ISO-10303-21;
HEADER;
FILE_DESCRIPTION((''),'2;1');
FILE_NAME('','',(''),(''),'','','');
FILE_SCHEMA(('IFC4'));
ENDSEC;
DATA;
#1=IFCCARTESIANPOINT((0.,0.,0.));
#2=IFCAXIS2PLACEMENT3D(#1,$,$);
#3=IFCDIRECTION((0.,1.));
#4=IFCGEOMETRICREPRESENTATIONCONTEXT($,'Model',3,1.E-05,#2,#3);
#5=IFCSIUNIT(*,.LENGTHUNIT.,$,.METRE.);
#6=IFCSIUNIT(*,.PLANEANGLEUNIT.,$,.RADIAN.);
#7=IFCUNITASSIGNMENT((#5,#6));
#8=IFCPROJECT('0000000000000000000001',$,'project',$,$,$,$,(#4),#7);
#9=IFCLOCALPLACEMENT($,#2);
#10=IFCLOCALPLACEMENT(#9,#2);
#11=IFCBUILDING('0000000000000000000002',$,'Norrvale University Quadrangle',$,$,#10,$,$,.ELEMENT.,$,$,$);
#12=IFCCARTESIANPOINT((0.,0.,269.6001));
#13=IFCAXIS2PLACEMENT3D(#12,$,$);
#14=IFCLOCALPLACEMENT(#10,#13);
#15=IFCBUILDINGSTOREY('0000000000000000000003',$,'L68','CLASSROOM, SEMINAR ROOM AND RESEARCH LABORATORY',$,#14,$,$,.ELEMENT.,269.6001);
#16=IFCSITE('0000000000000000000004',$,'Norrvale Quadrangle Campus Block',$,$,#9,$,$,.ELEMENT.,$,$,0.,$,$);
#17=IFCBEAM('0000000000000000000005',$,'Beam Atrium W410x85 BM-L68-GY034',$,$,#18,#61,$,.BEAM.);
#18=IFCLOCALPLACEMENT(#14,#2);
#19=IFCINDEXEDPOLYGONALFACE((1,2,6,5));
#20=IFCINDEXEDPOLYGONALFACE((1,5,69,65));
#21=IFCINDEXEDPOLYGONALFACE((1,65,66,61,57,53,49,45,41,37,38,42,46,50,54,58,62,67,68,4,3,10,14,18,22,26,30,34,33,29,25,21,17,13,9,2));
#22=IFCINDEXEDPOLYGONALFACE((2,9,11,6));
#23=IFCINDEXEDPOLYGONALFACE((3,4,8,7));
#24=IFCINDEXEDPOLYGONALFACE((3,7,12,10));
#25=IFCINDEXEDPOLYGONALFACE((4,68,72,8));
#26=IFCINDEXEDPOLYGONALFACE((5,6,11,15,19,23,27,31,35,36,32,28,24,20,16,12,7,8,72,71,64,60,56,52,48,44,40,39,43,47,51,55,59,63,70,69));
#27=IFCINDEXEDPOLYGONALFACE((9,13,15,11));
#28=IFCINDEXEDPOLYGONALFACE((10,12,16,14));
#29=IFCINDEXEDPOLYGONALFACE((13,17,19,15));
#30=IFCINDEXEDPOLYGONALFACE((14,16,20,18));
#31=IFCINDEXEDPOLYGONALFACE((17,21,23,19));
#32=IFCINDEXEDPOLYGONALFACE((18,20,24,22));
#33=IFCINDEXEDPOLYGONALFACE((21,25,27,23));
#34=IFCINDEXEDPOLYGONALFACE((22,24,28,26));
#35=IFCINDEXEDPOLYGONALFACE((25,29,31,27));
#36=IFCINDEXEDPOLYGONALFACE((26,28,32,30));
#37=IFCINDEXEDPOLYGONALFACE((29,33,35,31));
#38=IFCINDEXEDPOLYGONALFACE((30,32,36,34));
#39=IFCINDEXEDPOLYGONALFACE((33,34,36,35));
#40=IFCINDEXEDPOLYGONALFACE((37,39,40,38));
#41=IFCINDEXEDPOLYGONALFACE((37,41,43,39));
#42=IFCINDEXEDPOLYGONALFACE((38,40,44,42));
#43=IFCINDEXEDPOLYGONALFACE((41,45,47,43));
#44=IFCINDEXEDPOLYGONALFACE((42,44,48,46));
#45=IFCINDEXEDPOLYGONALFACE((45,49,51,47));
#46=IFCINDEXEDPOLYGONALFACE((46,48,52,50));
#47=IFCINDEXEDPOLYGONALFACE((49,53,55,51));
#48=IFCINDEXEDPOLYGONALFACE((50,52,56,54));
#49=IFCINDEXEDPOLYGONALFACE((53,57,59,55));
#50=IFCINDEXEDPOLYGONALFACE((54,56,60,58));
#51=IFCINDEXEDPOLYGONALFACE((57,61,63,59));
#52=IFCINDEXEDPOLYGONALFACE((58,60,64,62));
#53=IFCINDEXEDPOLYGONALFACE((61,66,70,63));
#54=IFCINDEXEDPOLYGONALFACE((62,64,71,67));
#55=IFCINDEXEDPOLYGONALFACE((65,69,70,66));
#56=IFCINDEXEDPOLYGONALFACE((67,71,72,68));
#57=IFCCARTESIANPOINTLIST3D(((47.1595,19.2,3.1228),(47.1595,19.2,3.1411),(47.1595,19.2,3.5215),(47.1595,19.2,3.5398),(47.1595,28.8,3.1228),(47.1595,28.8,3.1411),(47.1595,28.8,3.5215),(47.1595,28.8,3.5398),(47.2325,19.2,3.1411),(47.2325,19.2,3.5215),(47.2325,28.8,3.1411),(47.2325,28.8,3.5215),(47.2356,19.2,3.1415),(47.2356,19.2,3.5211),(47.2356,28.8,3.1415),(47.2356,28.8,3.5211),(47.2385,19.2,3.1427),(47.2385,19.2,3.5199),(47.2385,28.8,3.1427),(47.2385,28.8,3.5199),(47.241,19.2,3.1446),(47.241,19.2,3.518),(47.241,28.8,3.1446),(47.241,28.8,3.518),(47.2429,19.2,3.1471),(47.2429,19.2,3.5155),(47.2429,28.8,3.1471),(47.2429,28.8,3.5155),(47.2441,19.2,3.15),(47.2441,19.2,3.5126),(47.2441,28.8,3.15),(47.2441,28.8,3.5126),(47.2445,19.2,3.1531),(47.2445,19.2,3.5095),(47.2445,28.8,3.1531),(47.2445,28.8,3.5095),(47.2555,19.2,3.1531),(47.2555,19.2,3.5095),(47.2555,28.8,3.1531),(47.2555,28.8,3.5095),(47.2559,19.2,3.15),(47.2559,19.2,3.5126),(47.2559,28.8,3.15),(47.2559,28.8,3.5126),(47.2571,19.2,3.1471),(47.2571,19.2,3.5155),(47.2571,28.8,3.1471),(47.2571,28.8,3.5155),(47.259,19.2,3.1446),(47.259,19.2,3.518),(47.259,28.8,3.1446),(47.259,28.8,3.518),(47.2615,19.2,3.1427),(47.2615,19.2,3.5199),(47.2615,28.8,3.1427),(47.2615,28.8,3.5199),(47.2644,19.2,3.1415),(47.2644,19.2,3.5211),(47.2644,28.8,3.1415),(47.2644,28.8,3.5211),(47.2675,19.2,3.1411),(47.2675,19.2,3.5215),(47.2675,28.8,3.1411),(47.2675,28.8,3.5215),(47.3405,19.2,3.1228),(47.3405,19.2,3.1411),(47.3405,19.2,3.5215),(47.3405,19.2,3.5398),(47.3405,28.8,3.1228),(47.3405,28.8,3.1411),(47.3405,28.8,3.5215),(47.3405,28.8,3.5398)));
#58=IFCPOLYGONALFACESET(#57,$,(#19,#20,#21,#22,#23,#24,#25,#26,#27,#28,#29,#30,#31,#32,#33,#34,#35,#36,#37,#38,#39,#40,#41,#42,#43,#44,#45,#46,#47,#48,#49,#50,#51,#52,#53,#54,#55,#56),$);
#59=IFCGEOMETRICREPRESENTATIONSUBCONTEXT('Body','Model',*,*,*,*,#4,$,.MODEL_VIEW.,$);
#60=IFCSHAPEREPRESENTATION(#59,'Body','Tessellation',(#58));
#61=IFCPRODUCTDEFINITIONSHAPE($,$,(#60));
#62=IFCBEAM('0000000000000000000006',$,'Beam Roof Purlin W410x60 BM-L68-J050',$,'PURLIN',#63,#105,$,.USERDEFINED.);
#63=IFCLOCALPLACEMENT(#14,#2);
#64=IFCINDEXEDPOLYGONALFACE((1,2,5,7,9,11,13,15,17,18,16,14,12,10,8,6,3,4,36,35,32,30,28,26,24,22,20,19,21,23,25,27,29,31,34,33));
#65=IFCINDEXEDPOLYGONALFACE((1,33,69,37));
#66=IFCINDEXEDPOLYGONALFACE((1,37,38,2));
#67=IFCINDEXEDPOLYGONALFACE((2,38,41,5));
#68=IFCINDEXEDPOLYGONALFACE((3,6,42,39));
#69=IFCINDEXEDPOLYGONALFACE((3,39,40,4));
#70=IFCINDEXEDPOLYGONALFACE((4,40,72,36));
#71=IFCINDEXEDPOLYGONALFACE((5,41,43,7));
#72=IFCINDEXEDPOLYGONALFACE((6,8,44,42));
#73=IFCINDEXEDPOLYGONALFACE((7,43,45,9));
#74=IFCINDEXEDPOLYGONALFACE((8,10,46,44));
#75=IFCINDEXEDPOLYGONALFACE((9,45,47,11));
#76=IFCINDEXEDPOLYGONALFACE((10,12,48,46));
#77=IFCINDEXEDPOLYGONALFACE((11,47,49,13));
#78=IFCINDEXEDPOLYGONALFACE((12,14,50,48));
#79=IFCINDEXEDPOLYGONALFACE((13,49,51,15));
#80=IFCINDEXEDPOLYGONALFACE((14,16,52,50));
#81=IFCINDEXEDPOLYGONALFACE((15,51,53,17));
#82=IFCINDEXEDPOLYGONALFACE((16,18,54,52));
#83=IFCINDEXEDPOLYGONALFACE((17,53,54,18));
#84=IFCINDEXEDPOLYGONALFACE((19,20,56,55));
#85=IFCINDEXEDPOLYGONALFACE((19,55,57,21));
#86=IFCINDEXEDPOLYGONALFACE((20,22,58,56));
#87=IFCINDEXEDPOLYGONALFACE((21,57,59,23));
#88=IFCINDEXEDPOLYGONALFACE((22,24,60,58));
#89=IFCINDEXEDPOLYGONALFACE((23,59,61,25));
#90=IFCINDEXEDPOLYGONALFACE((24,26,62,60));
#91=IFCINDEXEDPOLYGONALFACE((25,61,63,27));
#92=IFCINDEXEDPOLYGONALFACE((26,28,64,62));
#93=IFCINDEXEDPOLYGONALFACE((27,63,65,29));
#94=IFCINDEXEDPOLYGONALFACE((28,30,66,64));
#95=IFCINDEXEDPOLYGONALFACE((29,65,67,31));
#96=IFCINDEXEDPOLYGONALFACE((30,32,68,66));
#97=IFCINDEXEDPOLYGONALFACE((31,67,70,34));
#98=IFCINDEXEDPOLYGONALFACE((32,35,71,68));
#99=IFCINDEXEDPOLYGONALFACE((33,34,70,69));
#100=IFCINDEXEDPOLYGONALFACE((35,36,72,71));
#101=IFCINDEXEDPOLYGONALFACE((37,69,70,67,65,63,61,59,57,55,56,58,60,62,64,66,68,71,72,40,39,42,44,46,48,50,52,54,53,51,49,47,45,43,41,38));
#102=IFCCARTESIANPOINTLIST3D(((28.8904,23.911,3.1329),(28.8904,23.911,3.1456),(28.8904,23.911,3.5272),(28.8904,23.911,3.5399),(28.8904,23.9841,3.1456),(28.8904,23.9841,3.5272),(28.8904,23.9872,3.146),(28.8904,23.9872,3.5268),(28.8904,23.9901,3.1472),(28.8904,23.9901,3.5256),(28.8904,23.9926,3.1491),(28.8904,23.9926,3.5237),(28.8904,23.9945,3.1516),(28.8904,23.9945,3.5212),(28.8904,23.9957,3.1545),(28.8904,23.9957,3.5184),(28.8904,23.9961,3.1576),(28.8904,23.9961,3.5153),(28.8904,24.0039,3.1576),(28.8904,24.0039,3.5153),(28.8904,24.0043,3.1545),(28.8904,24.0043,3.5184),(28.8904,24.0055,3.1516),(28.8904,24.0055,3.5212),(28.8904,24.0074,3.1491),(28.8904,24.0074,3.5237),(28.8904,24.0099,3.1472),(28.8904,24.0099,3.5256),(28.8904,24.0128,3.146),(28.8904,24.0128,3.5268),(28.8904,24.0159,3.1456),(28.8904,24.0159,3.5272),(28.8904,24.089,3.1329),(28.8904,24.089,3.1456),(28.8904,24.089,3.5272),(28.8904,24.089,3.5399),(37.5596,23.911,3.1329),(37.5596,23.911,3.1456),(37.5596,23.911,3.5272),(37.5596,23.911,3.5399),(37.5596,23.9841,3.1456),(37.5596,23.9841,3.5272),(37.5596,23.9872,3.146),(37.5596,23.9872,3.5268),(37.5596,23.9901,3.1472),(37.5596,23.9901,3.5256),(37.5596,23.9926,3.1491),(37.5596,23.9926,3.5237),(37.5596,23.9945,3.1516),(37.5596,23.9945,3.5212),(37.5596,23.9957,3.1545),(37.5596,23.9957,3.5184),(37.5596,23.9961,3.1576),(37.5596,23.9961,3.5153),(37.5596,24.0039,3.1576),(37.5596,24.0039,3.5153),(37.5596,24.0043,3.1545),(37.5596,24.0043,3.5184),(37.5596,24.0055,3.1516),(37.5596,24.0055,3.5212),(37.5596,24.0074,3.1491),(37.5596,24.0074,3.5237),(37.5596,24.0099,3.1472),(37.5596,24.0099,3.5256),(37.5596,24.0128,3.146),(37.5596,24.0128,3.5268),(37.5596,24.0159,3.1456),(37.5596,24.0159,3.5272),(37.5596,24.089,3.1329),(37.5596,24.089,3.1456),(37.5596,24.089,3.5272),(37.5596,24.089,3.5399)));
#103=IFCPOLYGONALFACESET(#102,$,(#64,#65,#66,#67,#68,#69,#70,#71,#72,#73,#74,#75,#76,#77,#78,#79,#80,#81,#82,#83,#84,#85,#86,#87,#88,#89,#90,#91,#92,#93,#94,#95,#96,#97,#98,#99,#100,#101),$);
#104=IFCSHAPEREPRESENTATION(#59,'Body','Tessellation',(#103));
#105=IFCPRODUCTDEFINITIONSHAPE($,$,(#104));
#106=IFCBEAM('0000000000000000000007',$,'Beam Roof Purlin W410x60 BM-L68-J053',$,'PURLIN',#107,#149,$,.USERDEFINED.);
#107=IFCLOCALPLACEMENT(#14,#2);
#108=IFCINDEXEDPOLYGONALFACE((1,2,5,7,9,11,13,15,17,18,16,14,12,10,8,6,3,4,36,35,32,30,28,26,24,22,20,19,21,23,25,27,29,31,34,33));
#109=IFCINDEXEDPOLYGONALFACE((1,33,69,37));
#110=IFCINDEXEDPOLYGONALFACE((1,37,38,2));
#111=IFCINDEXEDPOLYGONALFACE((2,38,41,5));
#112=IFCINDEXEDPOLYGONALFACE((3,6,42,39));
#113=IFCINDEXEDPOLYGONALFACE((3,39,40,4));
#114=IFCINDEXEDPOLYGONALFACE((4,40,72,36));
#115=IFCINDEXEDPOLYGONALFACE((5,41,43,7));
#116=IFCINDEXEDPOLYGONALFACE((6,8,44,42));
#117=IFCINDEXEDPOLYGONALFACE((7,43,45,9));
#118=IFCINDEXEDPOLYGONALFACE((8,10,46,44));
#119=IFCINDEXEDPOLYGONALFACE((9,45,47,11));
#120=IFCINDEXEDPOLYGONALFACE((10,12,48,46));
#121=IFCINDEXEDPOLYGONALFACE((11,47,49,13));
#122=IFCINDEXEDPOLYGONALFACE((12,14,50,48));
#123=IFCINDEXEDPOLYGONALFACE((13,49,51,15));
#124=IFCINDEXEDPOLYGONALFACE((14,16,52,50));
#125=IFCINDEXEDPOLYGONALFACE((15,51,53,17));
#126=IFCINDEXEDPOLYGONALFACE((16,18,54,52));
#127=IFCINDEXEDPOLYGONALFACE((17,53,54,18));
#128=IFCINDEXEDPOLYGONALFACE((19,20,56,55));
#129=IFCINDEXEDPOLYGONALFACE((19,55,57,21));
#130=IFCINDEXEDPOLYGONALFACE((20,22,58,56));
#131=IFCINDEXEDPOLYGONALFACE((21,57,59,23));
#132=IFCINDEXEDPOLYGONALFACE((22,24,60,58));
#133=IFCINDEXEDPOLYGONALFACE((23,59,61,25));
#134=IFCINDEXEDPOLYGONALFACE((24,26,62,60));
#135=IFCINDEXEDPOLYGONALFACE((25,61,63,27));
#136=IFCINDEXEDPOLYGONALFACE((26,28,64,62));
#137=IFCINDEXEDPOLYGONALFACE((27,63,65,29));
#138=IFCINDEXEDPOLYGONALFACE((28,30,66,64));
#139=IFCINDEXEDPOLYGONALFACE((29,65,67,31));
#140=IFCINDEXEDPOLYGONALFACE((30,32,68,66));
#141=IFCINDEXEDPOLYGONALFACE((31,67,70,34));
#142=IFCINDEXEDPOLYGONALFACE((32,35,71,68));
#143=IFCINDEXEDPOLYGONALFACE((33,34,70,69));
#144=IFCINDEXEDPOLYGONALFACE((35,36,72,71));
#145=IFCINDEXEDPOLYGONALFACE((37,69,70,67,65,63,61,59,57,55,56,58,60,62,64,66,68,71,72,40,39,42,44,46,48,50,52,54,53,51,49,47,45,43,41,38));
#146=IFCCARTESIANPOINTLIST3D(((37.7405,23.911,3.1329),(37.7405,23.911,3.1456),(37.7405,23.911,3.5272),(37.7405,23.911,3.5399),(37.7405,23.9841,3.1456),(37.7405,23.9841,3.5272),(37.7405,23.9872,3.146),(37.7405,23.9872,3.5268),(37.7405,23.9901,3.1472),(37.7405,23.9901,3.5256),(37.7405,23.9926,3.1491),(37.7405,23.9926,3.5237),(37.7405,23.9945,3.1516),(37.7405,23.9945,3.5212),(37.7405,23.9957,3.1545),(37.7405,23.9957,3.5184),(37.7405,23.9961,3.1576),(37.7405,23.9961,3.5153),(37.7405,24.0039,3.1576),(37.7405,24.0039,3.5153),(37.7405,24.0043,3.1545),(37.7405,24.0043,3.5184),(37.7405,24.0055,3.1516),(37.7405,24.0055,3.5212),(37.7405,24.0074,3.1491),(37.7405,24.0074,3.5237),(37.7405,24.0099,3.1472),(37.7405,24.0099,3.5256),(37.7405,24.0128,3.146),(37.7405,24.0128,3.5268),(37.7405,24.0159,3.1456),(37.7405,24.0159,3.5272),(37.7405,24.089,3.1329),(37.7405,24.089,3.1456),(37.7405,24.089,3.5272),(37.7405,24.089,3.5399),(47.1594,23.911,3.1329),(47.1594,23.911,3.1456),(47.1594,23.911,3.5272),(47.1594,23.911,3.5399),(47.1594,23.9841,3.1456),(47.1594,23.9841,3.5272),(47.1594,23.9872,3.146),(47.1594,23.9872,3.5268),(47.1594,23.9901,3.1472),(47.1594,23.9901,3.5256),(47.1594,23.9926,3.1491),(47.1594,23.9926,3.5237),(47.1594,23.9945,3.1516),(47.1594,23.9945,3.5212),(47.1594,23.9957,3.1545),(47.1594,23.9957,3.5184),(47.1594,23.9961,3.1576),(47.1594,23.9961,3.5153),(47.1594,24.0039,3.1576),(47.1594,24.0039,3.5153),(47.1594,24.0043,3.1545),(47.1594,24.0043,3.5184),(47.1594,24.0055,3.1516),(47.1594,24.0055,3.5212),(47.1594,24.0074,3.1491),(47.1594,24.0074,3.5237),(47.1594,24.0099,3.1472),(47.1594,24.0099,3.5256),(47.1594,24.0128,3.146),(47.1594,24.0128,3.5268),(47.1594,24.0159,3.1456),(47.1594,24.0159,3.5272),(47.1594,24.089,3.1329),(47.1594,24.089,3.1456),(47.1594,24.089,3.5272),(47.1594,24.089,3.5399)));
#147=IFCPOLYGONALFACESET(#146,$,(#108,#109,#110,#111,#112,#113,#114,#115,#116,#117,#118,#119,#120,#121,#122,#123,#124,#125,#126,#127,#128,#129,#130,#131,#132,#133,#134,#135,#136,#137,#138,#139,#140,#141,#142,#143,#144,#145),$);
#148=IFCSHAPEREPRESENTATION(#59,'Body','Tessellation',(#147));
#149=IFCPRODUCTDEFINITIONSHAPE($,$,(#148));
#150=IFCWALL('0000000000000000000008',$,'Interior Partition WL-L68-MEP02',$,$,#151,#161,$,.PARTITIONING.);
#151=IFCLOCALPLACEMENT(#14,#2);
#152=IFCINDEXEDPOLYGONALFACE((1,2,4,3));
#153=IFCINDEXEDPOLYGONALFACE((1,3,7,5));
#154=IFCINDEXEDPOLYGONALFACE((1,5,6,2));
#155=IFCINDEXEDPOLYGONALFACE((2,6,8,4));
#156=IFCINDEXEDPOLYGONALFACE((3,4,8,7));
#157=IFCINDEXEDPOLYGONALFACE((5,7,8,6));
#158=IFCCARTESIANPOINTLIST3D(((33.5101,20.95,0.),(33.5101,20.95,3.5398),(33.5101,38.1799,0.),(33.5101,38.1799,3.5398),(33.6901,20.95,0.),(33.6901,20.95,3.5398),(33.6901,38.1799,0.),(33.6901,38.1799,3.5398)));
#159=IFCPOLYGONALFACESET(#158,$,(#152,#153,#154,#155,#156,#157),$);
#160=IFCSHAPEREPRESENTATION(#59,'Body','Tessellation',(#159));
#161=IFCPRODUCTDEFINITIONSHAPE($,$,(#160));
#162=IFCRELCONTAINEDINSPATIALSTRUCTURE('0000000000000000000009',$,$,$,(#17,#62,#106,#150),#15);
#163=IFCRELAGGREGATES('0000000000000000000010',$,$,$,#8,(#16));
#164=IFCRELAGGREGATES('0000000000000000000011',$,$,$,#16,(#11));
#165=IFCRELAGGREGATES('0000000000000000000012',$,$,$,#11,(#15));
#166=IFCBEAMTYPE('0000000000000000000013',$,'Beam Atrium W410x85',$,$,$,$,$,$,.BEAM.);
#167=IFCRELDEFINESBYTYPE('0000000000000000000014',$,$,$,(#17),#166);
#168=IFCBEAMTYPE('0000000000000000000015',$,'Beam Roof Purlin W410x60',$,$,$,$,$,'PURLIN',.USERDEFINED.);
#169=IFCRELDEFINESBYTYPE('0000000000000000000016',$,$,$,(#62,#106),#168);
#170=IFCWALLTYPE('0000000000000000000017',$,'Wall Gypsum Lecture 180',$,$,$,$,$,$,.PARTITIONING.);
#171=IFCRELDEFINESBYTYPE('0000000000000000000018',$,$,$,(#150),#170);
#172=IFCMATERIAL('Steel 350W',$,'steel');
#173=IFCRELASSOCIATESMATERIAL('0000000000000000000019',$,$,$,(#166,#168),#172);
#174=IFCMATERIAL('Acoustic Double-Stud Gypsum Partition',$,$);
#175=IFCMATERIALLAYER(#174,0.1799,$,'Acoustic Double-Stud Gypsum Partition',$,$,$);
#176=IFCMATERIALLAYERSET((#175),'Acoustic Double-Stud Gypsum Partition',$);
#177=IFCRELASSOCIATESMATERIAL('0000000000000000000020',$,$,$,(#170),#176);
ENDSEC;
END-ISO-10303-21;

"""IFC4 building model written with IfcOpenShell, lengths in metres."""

from ifc_helpers import new_model, si_unit, direction, frame, frame_2d, origin, origin_2d, place, context, subcontext, project, spatial, rectangle, i_section, extrude, material, layer, layer_set, material_profile, profile_set, type_object, element, save


model = new_model("IFC4")

# Units and contexts
model_context = context("Model", 3, precision=1e-05, world=origin(), true_north=direction((0.0, 1.0)))
body_context = subcontext(model_context, "Body", "Model", "MODEL_VIEW")
ifc_project = project(units=[si_unit("LENGTHUNIT", "METRE"), si_unit("PLANEANGLEUNIT", "RADIAN")], contexts=[model_context])

# Site, building, storey
site_placement = place(None, origin())
site = spatial("IfcSite", under=ifc_project, at=site_placement, Name="Norrvale Quadrangle Campus Block", CompositionType="ELEMENT", RefElevation=0.0)
building_placement = place(site_placement, origin())
building = spatial("IfcBuilding", under=site, at=building_placement, Name="Norrvale University Quadrangle", CompositionType="ELEMENT")
storey_placement = place(building_placement, frame((0.0, 0.0, 269.6001)))
storey = spatial("IfcBuildingStorey", under=building, at=storey_placement, Name="L68", Description="CLASSROOM, SEMINAR ROOM AND RESEARCH LABORATORY", CompositionType="ELEMENT", Elevation=269.6001)

# Beams
ifc_material_1 = material(Name="Steel 350W", Category="steel")
ifc_material_profile_1 = material_profile(ifc_material_1, i_section(OverallWidth=0.1809, OverallDepth=0.417, WebThickness=0.011, FlangeThickness=0.0183, FilletRadius=0.012, at=origin_2d()), Name="Steel 350W")
ifc_profile_set_1 = profile_set([ifc_material_profile_1], Name="Steel 350W")
beam_type_1 = type_object("IfcBeamType", Name="Beam Atrium W410x85", PredefinedType="BEAM", material=ifc_profile_set_1)
for number, where, z_axis, x_axis, name in (
    (1, (47.25, 19.2, 3.3313), (0.0, 1.0, 0.0), (-1.0, 0.0, 0.0), "Beam Atrium W410x85 BM-L68-GY034"),
):
    element("IfcBeam", number, at=place(storey_placement, frame(where, z_axis=z_axis, x_axis=x_axis)), inside=storey, type_object=beam_type_1, Name=name, PredefinedType="BEAM", context=body_context, shape_type="SweptSolid", body=[
        extrude(i_section(OverallWidth=0.1809, OverallDepth=0.417, WebThickness=0.011, FlangeThickness=0.0183, FilletRadius=0.012, at=origin_2d()), origin(), (0.0, 0.0, 1.0), 9.6001),
    ])
ifc_material_profile_2 = material_profile(ifc_material_1, i_section(OverallWidth=0.178, OverallDepth=0.407, WebThickness=0.0078, FlangeThickness=0.0127, FilletRadius=0.012, at=origin_2d()), Name="Steel 350W")
ifc_profile_set_2 = profile_set([ifc_material_profile_2], Name="Steel 350W")
beam_type_2 = type_object("IfcBeamType", Name="Beam Roof Purlin W410x60", ElementType="PURLIN", PredefinedType="USERDEFINED", material=ifc_profile_set_2)
beam_1_placement = place(storey_placement, frame((28.8904, 24.0, 3.3364), z_axis=(1.0, 0.0, 0.0), x_axis=(0.0, 1.0, 0.0)))
element("IfcBeam", 2, at=beam_1_placement, inside=storey, type_object=beam_type_2, Name="Beam Roof Purlin W410x60 BM-L68-J050", ObjectType="PURLIN", PredefinedType="USERDEFINED", context=body_context, shape_type="SweptSolid", body=[
    extrude(i_section(OverallWidth=0.178, OverallDepth=0.407, WebThickness=0.0078, FlangeThickness=0.0127, FilletRadius=0.012, at=origin_2d()), origin(), (0.0, 0.0, 1.0), 8.6692),
])
beam_2_placement = place(storey_placement, frame((37.7405, 24.0, 3.3364), z_axis=(1.0, 0.0, 0.0), x_axis=(0.0, 1.0, 0.0)))
element("IfcBeam", 3, at=beam_2_placement, inside=storey, type_object=beam_type_2, Name="Beam Roof Purlin W410x60 BM-L68-J053", ObjectType="PURLIN", PredefinedType="USERDEFINED", context=body_context, shape_type="SweptSolid", body=[
    extrude(i_section(OverallWidth=0.178, OverallDepth=0.407, WebThickness=0.0078, FlangeThickness=0.0127, FilletRadius=0.012, at=origin_2d()), origin(), (0.0, 0.0, 1.0), 9.4189),
])

# Wall
ifc_material_2 = material(Name="Acoustic Double-Stud Gypsum Partition")
ifc_layer = layer(ifc_material_2, 0.1799, Name="Acoustic Double-Stud Gypsum Partition")
ifc_layer_set = layer_set([ifc_layer], Name="Acoustic Double-Stud Gypsum Partition")
wall_type = type_object("IfcWallType", Name="Wall Gypsum Lecture 180", PredefinedType="PARTITIONING", material=ifc_layer_set)
wall_placement = place(storey_placement, frame((33.6001, 20.95, 0.0), z_axis=(0.0, 0.0, 1.0), x_axis=(0.0, 1.0, 0.0)))
element("IfcWall", 4, at=wall_placement, inside=storey, type_object=wall_type, Name="Interior Partition WL-L68-MEP02", PredefinedType="PARTITIONING", context=body_context, shape_type="SweptSolid", body=[
    extrude(rectangle(XDim=17.23, YDim=0.1799, at=frame_2d((8.615, 0.0))), origin(), (0.0, 0.0, 1.0), 3.5398),
])

save(model, "model.ifc")
